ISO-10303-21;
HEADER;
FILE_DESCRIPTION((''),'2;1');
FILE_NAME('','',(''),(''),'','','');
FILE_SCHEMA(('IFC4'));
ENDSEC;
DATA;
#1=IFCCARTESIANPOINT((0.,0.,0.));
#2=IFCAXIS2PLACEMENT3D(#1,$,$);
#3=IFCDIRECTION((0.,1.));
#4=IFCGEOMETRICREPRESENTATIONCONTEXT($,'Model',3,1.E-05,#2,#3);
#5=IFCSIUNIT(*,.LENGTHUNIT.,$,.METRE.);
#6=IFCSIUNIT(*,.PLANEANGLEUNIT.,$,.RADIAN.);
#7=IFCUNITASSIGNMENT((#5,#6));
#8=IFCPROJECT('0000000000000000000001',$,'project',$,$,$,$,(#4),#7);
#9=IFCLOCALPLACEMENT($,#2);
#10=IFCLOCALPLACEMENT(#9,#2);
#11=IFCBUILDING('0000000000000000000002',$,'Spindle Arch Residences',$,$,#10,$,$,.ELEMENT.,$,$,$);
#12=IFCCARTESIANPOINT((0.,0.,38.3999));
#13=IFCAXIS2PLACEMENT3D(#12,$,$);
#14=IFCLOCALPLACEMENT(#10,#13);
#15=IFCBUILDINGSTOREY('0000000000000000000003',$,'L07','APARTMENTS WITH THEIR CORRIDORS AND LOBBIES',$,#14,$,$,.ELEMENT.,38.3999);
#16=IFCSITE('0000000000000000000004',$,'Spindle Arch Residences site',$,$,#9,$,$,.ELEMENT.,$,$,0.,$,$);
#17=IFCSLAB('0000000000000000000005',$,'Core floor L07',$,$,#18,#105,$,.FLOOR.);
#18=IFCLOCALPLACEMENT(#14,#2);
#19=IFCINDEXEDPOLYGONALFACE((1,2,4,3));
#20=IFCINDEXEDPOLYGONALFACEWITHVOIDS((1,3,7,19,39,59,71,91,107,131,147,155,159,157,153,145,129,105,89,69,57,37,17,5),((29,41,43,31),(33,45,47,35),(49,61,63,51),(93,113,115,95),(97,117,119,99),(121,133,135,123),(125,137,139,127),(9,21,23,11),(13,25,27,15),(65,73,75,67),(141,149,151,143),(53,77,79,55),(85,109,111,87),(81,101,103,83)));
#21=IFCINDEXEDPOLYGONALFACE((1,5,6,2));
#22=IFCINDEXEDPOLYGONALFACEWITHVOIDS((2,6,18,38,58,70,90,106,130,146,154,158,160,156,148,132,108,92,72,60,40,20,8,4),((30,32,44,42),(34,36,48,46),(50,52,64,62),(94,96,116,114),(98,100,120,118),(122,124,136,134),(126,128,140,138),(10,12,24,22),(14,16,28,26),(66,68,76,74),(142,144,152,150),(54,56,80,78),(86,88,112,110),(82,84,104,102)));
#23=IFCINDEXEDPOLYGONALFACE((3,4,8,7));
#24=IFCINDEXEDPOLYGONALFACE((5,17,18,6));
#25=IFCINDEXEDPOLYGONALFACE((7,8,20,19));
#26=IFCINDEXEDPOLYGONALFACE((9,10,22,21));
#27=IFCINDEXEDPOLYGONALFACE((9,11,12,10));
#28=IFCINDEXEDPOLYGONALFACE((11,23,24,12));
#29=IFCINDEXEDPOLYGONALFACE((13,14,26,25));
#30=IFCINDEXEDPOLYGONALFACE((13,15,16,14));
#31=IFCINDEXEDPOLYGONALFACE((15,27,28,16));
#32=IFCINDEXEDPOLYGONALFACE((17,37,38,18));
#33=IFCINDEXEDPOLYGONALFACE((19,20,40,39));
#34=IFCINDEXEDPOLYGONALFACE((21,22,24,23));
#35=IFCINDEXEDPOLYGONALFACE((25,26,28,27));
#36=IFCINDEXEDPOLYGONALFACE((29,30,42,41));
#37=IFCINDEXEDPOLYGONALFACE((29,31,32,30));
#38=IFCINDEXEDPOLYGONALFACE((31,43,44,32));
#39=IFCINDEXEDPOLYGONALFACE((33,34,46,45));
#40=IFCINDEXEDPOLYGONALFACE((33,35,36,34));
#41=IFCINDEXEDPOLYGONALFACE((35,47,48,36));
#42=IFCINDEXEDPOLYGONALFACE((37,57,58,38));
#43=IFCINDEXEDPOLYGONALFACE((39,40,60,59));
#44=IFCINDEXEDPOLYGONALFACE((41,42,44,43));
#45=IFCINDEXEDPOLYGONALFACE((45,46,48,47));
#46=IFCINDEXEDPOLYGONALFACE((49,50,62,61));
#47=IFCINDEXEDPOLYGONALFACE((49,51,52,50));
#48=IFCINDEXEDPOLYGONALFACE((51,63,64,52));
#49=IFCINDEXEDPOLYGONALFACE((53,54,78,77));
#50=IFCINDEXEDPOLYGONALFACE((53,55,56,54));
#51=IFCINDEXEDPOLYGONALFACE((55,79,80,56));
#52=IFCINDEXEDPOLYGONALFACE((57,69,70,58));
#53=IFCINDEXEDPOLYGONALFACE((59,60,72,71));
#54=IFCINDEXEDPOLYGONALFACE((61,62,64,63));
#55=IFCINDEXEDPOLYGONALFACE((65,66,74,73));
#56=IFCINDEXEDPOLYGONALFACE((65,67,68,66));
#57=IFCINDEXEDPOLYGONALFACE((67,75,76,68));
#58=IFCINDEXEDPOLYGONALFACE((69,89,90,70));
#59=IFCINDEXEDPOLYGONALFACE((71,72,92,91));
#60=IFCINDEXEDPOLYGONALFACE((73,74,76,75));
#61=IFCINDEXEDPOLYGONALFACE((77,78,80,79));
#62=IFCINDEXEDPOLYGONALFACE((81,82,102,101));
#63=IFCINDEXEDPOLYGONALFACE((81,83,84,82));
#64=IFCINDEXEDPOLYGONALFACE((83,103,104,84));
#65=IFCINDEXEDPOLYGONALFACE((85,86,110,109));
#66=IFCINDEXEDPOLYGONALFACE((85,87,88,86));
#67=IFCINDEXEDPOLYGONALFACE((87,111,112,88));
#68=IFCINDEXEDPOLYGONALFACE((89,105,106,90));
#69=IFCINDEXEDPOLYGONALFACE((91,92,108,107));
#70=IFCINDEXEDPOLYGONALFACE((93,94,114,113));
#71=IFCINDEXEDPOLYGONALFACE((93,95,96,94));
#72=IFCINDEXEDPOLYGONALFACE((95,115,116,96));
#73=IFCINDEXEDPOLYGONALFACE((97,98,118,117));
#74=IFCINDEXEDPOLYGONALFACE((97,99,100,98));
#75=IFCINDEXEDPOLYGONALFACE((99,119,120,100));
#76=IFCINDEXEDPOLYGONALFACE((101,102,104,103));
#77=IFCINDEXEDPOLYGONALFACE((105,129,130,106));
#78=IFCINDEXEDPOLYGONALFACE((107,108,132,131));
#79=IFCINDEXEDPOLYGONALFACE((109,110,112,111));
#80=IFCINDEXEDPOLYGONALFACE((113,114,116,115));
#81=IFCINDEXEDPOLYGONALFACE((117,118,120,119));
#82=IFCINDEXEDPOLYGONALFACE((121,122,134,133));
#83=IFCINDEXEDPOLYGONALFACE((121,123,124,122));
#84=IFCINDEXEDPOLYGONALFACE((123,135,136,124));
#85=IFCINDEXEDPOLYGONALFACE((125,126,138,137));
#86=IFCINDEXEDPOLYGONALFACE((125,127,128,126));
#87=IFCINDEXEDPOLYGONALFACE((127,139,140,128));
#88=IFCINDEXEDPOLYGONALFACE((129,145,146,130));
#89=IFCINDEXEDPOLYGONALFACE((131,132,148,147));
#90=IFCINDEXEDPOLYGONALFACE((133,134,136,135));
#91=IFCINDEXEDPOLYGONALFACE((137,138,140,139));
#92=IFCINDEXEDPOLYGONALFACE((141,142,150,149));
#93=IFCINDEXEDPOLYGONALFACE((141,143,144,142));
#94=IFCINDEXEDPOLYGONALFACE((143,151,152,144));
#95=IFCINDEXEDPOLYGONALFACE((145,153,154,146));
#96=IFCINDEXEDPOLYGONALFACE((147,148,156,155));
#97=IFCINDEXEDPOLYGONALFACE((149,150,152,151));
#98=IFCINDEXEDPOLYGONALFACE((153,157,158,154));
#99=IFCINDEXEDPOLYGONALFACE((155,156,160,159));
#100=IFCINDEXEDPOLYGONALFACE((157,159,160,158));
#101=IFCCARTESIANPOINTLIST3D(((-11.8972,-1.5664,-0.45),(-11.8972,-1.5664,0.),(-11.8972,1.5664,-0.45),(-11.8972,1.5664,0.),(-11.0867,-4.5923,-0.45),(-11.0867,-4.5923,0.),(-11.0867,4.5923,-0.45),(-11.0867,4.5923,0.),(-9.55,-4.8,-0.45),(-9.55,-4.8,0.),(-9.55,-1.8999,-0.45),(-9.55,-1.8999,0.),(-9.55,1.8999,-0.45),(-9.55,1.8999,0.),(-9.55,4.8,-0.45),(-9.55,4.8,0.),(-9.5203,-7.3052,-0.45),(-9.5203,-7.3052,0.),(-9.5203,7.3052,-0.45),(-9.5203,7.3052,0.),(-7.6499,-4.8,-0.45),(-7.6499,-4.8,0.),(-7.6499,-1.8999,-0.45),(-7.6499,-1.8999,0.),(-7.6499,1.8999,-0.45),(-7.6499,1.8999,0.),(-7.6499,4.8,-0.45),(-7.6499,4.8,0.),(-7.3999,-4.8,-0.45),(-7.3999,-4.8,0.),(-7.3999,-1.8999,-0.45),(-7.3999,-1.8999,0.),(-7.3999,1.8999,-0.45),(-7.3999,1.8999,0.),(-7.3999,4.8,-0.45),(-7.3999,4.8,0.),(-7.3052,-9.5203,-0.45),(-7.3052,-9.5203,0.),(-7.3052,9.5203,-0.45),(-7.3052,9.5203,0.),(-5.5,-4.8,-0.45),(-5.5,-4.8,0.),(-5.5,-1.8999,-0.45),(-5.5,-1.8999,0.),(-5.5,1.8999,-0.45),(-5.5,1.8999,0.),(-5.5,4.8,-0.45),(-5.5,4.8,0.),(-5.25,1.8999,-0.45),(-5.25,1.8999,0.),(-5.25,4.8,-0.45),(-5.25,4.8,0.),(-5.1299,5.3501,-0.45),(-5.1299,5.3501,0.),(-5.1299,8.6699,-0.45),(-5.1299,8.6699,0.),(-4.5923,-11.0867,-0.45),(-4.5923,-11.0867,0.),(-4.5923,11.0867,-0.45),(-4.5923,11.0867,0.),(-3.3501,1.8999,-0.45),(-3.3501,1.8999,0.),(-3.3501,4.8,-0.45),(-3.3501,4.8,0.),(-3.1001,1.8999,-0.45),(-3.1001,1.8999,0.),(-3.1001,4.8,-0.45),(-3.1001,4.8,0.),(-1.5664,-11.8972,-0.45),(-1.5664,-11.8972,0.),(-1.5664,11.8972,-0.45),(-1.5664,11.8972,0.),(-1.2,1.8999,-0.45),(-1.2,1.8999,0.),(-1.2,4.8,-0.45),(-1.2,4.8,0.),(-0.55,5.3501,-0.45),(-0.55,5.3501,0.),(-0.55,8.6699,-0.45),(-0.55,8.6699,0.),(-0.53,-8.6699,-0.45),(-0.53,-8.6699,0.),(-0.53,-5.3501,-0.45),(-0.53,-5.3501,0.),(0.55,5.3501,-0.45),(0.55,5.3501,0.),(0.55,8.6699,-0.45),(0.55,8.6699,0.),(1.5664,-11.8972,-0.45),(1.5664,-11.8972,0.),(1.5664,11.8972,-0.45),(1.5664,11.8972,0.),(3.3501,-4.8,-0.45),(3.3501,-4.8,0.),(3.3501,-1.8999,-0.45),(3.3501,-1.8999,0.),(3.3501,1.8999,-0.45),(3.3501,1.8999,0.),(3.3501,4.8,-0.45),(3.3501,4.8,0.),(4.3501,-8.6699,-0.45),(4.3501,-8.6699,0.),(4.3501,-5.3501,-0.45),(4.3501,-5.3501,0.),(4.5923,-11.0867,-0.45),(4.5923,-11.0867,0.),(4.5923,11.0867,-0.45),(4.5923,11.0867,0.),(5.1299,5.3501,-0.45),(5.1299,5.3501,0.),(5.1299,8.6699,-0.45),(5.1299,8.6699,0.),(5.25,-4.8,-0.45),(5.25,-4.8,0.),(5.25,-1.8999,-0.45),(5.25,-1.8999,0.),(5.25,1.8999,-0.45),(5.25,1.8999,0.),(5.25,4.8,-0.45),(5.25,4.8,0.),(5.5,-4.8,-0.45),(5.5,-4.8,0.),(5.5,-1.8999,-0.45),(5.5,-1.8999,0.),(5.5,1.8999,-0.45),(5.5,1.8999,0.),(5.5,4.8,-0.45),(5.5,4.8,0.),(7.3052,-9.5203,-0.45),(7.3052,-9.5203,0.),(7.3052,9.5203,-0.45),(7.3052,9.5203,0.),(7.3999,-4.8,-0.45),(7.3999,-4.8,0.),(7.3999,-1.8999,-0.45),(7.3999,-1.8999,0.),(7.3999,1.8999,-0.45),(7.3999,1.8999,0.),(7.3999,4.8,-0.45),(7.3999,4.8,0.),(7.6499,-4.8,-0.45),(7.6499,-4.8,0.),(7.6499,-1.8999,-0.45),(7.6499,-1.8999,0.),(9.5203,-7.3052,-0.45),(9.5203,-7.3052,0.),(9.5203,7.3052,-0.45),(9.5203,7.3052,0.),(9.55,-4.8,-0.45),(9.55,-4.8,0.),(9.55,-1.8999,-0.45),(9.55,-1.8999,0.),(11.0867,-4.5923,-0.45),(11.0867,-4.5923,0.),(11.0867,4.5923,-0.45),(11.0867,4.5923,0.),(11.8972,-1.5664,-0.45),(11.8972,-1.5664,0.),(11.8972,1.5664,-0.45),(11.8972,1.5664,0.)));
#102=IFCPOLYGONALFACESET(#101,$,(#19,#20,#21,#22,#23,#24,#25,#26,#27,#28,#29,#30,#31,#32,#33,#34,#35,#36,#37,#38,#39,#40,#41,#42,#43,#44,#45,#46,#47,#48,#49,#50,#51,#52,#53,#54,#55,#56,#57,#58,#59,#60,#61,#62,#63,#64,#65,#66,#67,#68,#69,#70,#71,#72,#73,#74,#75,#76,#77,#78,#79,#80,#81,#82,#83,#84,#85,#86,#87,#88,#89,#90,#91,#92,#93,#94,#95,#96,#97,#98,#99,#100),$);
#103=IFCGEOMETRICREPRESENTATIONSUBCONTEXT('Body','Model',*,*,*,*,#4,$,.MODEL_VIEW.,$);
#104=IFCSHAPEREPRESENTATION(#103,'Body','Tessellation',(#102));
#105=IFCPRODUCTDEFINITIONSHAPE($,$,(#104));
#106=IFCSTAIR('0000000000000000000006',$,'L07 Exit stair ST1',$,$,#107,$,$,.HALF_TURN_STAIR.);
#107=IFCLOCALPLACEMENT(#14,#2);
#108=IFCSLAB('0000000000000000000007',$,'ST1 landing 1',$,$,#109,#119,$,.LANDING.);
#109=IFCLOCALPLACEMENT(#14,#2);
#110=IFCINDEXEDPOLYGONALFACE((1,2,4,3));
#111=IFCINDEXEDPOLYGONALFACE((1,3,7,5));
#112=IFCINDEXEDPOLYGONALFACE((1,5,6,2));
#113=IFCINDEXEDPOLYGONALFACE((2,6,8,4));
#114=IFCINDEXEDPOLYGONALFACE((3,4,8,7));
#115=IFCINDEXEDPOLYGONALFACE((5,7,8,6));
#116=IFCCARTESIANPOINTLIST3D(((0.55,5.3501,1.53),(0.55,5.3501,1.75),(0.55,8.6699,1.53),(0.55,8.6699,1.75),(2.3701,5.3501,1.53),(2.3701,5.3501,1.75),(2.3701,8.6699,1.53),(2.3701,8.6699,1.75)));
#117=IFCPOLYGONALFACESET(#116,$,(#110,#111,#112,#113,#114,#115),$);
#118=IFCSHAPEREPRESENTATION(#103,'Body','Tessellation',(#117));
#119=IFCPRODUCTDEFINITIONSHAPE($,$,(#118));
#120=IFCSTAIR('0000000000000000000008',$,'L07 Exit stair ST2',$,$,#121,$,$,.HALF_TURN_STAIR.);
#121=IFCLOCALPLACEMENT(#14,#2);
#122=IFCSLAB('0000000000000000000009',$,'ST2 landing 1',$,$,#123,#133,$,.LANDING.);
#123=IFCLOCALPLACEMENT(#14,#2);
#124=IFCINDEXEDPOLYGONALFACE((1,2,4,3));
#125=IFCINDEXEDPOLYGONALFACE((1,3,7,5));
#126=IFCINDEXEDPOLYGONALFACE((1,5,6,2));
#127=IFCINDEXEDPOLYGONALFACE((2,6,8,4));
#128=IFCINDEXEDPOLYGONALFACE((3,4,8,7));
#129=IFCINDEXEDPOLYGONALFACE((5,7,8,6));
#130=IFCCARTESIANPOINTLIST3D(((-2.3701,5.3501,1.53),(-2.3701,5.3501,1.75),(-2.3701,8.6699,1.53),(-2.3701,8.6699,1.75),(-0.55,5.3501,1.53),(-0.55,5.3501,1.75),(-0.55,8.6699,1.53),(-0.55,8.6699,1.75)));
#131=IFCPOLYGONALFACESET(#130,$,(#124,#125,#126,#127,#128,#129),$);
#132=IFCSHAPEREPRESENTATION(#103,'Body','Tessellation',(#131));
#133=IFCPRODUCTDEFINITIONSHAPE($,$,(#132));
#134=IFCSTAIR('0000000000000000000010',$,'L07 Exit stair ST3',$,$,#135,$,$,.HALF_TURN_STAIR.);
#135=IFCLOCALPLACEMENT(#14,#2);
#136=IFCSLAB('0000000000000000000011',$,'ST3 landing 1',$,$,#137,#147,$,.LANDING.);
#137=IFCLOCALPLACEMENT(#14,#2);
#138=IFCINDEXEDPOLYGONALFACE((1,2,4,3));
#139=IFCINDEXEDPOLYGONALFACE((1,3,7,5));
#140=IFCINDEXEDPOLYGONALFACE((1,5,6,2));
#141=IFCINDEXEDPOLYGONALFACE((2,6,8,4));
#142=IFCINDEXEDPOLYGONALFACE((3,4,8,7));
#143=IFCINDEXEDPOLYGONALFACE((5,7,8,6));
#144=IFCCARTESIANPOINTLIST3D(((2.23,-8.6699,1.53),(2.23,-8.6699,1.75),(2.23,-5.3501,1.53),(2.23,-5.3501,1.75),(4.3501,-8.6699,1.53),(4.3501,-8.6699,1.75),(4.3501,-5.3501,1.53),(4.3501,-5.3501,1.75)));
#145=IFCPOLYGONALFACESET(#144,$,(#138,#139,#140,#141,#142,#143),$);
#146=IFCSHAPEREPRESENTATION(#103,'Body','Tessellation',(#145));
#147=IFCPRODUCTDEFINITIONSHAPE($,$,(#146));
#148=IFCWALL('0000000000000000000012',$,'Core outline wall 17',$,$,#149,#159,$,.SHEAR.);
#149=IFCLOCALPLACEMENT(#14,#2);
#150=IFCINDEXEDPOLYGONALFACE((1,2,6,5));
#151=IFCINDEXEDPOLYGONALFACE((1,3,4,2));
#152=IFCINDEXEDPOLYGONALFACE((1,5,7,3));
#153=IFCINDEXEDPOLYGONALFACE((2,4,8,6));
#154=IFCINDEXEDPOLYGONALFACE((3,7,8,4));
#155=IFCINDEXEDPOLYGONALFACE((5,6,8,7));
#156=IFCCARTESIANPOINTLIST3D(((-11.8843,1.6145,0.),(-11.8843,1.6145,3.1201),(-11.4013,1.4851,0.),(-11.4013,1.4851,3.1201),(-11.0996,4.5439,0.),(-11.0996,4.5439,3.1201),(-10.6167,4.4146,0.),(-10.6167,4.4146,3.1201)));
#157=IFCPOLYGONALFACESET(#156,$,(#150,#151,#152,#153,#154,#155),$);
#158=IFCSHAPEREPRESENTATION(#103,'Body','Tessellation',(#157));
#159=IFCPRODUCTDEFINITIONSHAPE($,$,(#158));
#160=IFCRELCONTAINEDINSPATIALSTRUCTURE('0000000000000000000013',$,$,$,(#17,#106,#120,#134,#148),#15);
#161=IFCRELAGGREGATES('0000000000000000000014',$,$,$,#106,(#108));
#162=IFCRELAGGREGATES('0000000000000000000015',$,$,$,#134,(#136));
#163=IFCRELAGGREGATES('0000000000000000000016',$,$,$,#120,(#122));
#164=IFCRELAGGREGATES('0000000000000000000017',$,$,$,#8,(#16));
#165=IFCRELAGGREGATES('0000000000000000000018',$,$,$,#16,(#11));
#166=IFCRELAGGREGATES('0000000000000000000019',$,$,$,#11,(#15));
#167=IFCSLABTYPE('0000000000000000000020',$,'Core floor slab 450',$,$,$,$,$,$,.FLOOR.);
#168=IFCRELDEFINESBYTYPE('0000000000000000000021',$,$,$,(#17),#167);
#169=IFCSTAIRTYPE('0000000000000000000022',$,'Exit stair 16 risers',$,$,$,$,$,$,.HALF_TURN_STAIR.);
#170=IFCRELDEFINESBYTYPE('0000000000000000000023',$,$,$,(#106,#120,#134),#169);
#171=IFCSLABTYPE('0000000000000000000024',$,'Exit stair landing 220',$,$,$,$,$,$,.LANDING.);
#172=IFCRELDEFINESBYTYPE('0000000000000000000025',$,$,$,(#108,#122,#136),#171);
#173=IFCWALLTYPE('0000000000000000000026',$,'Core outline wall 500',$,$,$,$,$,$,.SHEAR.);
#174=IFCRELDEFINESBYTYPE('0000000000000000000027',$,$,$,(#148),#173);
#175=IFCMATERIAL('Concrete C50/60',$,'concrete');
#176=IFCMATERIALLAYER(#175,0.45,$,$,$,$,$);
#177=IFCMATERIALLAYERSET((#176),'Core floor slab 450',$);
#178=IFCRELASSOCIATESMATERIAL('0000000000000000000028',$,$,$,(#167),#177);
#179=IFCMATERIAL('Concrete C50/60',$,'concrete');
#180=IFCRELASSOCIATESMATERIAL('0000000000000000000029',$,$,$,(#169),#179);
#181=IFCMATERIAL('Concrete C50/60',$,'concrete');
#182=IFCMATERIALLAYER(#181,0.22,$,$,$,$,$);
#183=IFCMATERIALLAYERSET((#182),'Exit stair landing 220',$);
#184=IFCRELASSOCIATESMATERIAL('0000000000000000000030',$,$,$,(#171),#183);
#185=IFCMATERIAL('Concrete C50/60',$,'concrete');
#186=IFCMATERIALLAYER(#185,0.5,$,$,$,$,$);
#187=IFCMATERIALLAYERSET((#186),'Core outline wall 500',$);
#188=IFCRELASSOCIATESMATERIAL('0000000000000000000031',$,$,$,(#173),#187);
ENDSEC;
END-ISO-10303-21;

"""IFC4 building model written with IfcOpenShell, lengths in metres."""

from ifc_helpers import new_model, si_unit, direction, frame, frame_2d, origin, place, context, subcontext, project, spatial, polyline, rectangle, outline, extrude, material, layer, layer_set, type_object, element, aggregate, save


model = new_model("IFC4")

# Units and contexts
model_context = context("Model", 3, precision=1e-05, world=origin(), true_north=direction((0.0, 1.0)))
body_context = subcontext(model_context, "Body", "Model", "MODEL_VIEW")
ifc_project = project(units=[si_unit("LENGTHUNIT", "METRE"), si_unit("PLANEANGLEUNIT", "RADIAN")], contexts=[model_context])

# Site, building, storey
site_placement = place(None, origin())
site = spatial("IfcSite", under=ifc_project, at=site_placement, Name="Spindle Arch Residences site", CompositionType="ELEMENT", RefElevation=0.0)
building_placement = place(site_placement, origin())
building = spatial("IfcBuilding", under=site, at=building_placement, Name="Spindle Arch Residences", CompositionType="ELEMENT")
storey_placement = place(building_placement, frame((0.0, 0.0, 38.3999)))
storey = spatial("IfcBuildingStorey", under=building, at=storey_placement, Name="L07", Description="APARTMENTS WITH THEIR CORRIDORS AND LOBBIES", CompositionType="ELEMENT", Elevation=38.3999)

# Slab
ifc_material_1 = material(Name="Concrete C50/60", Category="concrete")
ifc_layer_1 = layer(ifc_material_1, 0.45)
ifc_layer_set_1 = layer_set([ifc_layer_1], Name="Core floor slab 450")
slab_type_1 = type_object("IfcSlabType", Name="Core floor slab 450", PredefinedType="FLOOR", material=ifc_layer_set_1)
slab_1_placement = place(storey_placement, frame((0.0, 0.0, -0.45)))
element("IfcSlab", 1, at=slab_1_placement, inside=storey, type_object=slab_type_1, Name="Core floor L07", PredefinedType="FLOOR", context=body_context, shape_type="SweptSolid", body=[
    extrude(outline(polyline([(1.5664, -11.8972), (4.5923, -11.0867), (7.3052, -9.5203), (9.5203, -7.3052), (11.0867, -4.5923), (11.8972, -1.5664), (11.8972, 1.5664), (11.0867, 4.5923), (9.5203, 7.3052), (7.3052, 9.5203), (4.5923, 11.0867), (1.5664, 11.8972), (-1.5664, 11.8972), (-4.5923, 11.0867), (-7.3052, 9.5203), (-9.5203, 7.3052), (-11.0867, 4.5923), (-11.8972, 1.5664), (-11.8972, -1.5664), (-11.0867, -4.5923), (-9.5203, -7.3052), (-7.3052, -9.5203), (-4.5923, -11.0867), (-1.5664, -11.8972), (1.5664, -11.8972)]), holes=[polyline([(-9.55, 1.8999), (-7.6499, 1.8999), (-7.6499, 4.8), (-9.55, 4.8), (-9.55, 1.8999)]), polyline([(-7.3999, 1.8999), (-5.5, 1.8999), (-5.5, 4.8), (-7.3999, 4.8), (-7.3999, 1.8999)]), polyline([(-5.25, 1.8999), (-3.3501, 1.8999), (-3.3501, 4.8), (-5.25, 4.8), (-5.25, 1.8999)]), polyline([(-3.1001, 1.8999), (-1.2, 1.8999), (-1.2, 4.8), (-3.1001, 4.8), (-3.1001, 1.8999)]), polyline([(3.3501, 1.8999), (5.25, 1.8999), (5.25, 4.8), (3.3501, 4.8), (3.3501, 1.8999)]), polyline([(5.5, 1.8999), (7.3999, 1.8999), (7.3999, 4.8), (5.5, 4.8), (5.5, 1.8999)]), polyline([(-9.55, -4.8), (-7.6499, -4.8), (-7.6499, -1.8999), (-9.55, -1.8999), (-9.55, -4.8)]), polyline([(-7.3999, -4.8), (-5.5, -4.8), (-5.5, -1.8999), (-7.3999, -1.8999), (-7.3999, -4.8)]), polyline([(3.3501, -4.8), (5.25, -4.8), (5.25, -1.8999), (3.3501, -1.8999), (3.3501, -4.8)]), polyline([(5.5, -4.8), (7.3999, -4.8), (7.3999, -1.8999), (5.5, -1.8999), (5.5, -4.8)]), polyline([(7.6499, -4.8), (9.55, -4.8), (9.55, -1.8999), (7.6499, -1.8999), (7.6499, -4.8)]), polyline([(5.1299, 8.6699), (0.55, 8.6699), (0.55, 5.3501), (5.1299, 5.3501), (5.1299, 8.6699)]), polyline([(-5.1299, 5.3501), (-0.55, 5.3501), (-0.55, 8.6699), (-5.1299, 8.6699), (-5.1299, 5.3501)]), polyline([(-0.53, -8.6699), (4.3501, -8.6699), (4.3501, -5.3501), (-0.53, -5.3501), (-0.53, -8.6699)])]), origin(), (0.0, 0.0, 1.0), 0.45),
])

# Stairs, slabs
ifc_material_2 = material(Name="Concrete C50/60", Category="concrete")
stair_type = type_object("IfcStairType", Name="Exit stair 16 risers", PredefinedType="HALF_TURN_STAIR", material=ifc_material_2)
stair_1_placement = place(storey_placement, origin())
stair_1 = element("IfcStair", 2, at=stair_1_placement, inside=storey, type_object=stair_type, Name="L07 Exit stair ST1", PredefinedType="HALF_TURN_STAIR")
ifc_material_3 = material(Name="Concrete C50/60", Category="concrete")
ifc_layer_2 = layer(ifc_material_3, 0.22)
ifc_layer_set_2 = layer_set([ifc_layer_2], Name="Exit stair landing 220")
slab_type_2 = type_object("IfcSlabType", Name="Exit stair landing 220", PredefinedType="LANDING", material=ifc_layer_set_2)
slab_2_placement = place(storey_placement, frame((0.0, 0.0, 1.53)))
slab_2 = element("IfcSlab", 3, at=slab_2_placement, type_object=slab_type_2, Name="ST1 landing 1", PredefinedType="LANDING", context=body_context, shape_type="SweptSolid", body=[
    extrude(outline(polyline([(2.3701, 8.6699), (0.55, 8.6699), (0.55, 5.3501), (2.3701, 5.3501), (2.3701, 8.6699)])), origin(), (0.0, 0.0, 1.0), 0.22),
])
aggregate(stair_1, [slab_2])
stair_2_placement = place(storey_placement, origin())
stair_2 = element("IfcStair", 4, at=stair_2_placement, inside=storey, type_object=stair_type, Name="L07 Exit stair ST2", PredefinedType="HALF_TURN_STAIR")
slab_3_placement = place(storey_placement, frame((0.0, 0.0, 1.53)))
slab_3 = element("IfcSlab", 5, at=slab_3_placement, type_object=slab_type_2, Name="ST2 landing 1", PredefinedType="LANDING", context=body_context, shape_type="SweptSolid", body=[
    extrude(outline(polyline([(-2.3701, 5.3501), (-0.55, 5.3501), (-0.55, 8.6699), (-2.3701, 8.6699), (-2.3701, 5.3501)])), origin(), (0.0, 0.0, 1.0), 0.22),
])
stair_3_placement = place(storey_placement, origin())
stair_3 = element("IfcStair", 6, at=stair_3_placement, inside=storey, type_object=stair_type, Name="L07 Exit stair ST3", PredefinedType="HALF_TURN_STAIR")
slab_4_placement = place(storey_placement, frame((0.0, 0.0, 1.53)))
slab_4 = element("IfcSlab", 7, at=slab_4_placement, type_object=slab_type_2, Name="ST3 landing 1", PredefinedType="LANDING", context=body_context, shape_type="SweptSolid", body=[
    extrude(outline(polyline([(2.23, -8.6699), (4.3501, -8.6699), (4.3501, -5.3501), (2.23, -5.3501), (2.23, -8.6699)])), origin(), (0.0, 0.0, 1.0), 0.22),
])
aggregate(stair_3, [slab_4])

# Wall
ifc_material_4 = material(Name="Concrete C50/60", Category="concrete")
ifc_layer_3 = layer(ifc_material_4, 0.5)
ifc_layer_set_3 = layer_set([ifc_layer_3], Name="Core outline wall 500")
wall_type_1 = type_object("IfcWallType", Name="Core outline wall 500", PredefinedType="SHEAR", material=ifc_layer_set_3)
wall_1_placement = place(storey_placement, frame((-10.8582, 4.4792, 0.0), z_axis=(0.0, 0.0, 1.0), x_axis=(-0.258735, -0.965948, 0.0)))
element("IfcWall", 8, at=wall_1_placement, inside=storey, type_object=wall_type_1, Name="Core outline wall 17", PredefinedType="SHEAR", context=body_context, shape_type="SweptSolid", body=[
    extrude(rectangle(XDim=3.0327, YDim=0.5, at=frame_2d((1.5164, 0.0))), origin(), (0.0, 0.0, 1.0), 3.1201),
])

aggregate(stair_2, [slab_3])

save(model, "model.ifc")
